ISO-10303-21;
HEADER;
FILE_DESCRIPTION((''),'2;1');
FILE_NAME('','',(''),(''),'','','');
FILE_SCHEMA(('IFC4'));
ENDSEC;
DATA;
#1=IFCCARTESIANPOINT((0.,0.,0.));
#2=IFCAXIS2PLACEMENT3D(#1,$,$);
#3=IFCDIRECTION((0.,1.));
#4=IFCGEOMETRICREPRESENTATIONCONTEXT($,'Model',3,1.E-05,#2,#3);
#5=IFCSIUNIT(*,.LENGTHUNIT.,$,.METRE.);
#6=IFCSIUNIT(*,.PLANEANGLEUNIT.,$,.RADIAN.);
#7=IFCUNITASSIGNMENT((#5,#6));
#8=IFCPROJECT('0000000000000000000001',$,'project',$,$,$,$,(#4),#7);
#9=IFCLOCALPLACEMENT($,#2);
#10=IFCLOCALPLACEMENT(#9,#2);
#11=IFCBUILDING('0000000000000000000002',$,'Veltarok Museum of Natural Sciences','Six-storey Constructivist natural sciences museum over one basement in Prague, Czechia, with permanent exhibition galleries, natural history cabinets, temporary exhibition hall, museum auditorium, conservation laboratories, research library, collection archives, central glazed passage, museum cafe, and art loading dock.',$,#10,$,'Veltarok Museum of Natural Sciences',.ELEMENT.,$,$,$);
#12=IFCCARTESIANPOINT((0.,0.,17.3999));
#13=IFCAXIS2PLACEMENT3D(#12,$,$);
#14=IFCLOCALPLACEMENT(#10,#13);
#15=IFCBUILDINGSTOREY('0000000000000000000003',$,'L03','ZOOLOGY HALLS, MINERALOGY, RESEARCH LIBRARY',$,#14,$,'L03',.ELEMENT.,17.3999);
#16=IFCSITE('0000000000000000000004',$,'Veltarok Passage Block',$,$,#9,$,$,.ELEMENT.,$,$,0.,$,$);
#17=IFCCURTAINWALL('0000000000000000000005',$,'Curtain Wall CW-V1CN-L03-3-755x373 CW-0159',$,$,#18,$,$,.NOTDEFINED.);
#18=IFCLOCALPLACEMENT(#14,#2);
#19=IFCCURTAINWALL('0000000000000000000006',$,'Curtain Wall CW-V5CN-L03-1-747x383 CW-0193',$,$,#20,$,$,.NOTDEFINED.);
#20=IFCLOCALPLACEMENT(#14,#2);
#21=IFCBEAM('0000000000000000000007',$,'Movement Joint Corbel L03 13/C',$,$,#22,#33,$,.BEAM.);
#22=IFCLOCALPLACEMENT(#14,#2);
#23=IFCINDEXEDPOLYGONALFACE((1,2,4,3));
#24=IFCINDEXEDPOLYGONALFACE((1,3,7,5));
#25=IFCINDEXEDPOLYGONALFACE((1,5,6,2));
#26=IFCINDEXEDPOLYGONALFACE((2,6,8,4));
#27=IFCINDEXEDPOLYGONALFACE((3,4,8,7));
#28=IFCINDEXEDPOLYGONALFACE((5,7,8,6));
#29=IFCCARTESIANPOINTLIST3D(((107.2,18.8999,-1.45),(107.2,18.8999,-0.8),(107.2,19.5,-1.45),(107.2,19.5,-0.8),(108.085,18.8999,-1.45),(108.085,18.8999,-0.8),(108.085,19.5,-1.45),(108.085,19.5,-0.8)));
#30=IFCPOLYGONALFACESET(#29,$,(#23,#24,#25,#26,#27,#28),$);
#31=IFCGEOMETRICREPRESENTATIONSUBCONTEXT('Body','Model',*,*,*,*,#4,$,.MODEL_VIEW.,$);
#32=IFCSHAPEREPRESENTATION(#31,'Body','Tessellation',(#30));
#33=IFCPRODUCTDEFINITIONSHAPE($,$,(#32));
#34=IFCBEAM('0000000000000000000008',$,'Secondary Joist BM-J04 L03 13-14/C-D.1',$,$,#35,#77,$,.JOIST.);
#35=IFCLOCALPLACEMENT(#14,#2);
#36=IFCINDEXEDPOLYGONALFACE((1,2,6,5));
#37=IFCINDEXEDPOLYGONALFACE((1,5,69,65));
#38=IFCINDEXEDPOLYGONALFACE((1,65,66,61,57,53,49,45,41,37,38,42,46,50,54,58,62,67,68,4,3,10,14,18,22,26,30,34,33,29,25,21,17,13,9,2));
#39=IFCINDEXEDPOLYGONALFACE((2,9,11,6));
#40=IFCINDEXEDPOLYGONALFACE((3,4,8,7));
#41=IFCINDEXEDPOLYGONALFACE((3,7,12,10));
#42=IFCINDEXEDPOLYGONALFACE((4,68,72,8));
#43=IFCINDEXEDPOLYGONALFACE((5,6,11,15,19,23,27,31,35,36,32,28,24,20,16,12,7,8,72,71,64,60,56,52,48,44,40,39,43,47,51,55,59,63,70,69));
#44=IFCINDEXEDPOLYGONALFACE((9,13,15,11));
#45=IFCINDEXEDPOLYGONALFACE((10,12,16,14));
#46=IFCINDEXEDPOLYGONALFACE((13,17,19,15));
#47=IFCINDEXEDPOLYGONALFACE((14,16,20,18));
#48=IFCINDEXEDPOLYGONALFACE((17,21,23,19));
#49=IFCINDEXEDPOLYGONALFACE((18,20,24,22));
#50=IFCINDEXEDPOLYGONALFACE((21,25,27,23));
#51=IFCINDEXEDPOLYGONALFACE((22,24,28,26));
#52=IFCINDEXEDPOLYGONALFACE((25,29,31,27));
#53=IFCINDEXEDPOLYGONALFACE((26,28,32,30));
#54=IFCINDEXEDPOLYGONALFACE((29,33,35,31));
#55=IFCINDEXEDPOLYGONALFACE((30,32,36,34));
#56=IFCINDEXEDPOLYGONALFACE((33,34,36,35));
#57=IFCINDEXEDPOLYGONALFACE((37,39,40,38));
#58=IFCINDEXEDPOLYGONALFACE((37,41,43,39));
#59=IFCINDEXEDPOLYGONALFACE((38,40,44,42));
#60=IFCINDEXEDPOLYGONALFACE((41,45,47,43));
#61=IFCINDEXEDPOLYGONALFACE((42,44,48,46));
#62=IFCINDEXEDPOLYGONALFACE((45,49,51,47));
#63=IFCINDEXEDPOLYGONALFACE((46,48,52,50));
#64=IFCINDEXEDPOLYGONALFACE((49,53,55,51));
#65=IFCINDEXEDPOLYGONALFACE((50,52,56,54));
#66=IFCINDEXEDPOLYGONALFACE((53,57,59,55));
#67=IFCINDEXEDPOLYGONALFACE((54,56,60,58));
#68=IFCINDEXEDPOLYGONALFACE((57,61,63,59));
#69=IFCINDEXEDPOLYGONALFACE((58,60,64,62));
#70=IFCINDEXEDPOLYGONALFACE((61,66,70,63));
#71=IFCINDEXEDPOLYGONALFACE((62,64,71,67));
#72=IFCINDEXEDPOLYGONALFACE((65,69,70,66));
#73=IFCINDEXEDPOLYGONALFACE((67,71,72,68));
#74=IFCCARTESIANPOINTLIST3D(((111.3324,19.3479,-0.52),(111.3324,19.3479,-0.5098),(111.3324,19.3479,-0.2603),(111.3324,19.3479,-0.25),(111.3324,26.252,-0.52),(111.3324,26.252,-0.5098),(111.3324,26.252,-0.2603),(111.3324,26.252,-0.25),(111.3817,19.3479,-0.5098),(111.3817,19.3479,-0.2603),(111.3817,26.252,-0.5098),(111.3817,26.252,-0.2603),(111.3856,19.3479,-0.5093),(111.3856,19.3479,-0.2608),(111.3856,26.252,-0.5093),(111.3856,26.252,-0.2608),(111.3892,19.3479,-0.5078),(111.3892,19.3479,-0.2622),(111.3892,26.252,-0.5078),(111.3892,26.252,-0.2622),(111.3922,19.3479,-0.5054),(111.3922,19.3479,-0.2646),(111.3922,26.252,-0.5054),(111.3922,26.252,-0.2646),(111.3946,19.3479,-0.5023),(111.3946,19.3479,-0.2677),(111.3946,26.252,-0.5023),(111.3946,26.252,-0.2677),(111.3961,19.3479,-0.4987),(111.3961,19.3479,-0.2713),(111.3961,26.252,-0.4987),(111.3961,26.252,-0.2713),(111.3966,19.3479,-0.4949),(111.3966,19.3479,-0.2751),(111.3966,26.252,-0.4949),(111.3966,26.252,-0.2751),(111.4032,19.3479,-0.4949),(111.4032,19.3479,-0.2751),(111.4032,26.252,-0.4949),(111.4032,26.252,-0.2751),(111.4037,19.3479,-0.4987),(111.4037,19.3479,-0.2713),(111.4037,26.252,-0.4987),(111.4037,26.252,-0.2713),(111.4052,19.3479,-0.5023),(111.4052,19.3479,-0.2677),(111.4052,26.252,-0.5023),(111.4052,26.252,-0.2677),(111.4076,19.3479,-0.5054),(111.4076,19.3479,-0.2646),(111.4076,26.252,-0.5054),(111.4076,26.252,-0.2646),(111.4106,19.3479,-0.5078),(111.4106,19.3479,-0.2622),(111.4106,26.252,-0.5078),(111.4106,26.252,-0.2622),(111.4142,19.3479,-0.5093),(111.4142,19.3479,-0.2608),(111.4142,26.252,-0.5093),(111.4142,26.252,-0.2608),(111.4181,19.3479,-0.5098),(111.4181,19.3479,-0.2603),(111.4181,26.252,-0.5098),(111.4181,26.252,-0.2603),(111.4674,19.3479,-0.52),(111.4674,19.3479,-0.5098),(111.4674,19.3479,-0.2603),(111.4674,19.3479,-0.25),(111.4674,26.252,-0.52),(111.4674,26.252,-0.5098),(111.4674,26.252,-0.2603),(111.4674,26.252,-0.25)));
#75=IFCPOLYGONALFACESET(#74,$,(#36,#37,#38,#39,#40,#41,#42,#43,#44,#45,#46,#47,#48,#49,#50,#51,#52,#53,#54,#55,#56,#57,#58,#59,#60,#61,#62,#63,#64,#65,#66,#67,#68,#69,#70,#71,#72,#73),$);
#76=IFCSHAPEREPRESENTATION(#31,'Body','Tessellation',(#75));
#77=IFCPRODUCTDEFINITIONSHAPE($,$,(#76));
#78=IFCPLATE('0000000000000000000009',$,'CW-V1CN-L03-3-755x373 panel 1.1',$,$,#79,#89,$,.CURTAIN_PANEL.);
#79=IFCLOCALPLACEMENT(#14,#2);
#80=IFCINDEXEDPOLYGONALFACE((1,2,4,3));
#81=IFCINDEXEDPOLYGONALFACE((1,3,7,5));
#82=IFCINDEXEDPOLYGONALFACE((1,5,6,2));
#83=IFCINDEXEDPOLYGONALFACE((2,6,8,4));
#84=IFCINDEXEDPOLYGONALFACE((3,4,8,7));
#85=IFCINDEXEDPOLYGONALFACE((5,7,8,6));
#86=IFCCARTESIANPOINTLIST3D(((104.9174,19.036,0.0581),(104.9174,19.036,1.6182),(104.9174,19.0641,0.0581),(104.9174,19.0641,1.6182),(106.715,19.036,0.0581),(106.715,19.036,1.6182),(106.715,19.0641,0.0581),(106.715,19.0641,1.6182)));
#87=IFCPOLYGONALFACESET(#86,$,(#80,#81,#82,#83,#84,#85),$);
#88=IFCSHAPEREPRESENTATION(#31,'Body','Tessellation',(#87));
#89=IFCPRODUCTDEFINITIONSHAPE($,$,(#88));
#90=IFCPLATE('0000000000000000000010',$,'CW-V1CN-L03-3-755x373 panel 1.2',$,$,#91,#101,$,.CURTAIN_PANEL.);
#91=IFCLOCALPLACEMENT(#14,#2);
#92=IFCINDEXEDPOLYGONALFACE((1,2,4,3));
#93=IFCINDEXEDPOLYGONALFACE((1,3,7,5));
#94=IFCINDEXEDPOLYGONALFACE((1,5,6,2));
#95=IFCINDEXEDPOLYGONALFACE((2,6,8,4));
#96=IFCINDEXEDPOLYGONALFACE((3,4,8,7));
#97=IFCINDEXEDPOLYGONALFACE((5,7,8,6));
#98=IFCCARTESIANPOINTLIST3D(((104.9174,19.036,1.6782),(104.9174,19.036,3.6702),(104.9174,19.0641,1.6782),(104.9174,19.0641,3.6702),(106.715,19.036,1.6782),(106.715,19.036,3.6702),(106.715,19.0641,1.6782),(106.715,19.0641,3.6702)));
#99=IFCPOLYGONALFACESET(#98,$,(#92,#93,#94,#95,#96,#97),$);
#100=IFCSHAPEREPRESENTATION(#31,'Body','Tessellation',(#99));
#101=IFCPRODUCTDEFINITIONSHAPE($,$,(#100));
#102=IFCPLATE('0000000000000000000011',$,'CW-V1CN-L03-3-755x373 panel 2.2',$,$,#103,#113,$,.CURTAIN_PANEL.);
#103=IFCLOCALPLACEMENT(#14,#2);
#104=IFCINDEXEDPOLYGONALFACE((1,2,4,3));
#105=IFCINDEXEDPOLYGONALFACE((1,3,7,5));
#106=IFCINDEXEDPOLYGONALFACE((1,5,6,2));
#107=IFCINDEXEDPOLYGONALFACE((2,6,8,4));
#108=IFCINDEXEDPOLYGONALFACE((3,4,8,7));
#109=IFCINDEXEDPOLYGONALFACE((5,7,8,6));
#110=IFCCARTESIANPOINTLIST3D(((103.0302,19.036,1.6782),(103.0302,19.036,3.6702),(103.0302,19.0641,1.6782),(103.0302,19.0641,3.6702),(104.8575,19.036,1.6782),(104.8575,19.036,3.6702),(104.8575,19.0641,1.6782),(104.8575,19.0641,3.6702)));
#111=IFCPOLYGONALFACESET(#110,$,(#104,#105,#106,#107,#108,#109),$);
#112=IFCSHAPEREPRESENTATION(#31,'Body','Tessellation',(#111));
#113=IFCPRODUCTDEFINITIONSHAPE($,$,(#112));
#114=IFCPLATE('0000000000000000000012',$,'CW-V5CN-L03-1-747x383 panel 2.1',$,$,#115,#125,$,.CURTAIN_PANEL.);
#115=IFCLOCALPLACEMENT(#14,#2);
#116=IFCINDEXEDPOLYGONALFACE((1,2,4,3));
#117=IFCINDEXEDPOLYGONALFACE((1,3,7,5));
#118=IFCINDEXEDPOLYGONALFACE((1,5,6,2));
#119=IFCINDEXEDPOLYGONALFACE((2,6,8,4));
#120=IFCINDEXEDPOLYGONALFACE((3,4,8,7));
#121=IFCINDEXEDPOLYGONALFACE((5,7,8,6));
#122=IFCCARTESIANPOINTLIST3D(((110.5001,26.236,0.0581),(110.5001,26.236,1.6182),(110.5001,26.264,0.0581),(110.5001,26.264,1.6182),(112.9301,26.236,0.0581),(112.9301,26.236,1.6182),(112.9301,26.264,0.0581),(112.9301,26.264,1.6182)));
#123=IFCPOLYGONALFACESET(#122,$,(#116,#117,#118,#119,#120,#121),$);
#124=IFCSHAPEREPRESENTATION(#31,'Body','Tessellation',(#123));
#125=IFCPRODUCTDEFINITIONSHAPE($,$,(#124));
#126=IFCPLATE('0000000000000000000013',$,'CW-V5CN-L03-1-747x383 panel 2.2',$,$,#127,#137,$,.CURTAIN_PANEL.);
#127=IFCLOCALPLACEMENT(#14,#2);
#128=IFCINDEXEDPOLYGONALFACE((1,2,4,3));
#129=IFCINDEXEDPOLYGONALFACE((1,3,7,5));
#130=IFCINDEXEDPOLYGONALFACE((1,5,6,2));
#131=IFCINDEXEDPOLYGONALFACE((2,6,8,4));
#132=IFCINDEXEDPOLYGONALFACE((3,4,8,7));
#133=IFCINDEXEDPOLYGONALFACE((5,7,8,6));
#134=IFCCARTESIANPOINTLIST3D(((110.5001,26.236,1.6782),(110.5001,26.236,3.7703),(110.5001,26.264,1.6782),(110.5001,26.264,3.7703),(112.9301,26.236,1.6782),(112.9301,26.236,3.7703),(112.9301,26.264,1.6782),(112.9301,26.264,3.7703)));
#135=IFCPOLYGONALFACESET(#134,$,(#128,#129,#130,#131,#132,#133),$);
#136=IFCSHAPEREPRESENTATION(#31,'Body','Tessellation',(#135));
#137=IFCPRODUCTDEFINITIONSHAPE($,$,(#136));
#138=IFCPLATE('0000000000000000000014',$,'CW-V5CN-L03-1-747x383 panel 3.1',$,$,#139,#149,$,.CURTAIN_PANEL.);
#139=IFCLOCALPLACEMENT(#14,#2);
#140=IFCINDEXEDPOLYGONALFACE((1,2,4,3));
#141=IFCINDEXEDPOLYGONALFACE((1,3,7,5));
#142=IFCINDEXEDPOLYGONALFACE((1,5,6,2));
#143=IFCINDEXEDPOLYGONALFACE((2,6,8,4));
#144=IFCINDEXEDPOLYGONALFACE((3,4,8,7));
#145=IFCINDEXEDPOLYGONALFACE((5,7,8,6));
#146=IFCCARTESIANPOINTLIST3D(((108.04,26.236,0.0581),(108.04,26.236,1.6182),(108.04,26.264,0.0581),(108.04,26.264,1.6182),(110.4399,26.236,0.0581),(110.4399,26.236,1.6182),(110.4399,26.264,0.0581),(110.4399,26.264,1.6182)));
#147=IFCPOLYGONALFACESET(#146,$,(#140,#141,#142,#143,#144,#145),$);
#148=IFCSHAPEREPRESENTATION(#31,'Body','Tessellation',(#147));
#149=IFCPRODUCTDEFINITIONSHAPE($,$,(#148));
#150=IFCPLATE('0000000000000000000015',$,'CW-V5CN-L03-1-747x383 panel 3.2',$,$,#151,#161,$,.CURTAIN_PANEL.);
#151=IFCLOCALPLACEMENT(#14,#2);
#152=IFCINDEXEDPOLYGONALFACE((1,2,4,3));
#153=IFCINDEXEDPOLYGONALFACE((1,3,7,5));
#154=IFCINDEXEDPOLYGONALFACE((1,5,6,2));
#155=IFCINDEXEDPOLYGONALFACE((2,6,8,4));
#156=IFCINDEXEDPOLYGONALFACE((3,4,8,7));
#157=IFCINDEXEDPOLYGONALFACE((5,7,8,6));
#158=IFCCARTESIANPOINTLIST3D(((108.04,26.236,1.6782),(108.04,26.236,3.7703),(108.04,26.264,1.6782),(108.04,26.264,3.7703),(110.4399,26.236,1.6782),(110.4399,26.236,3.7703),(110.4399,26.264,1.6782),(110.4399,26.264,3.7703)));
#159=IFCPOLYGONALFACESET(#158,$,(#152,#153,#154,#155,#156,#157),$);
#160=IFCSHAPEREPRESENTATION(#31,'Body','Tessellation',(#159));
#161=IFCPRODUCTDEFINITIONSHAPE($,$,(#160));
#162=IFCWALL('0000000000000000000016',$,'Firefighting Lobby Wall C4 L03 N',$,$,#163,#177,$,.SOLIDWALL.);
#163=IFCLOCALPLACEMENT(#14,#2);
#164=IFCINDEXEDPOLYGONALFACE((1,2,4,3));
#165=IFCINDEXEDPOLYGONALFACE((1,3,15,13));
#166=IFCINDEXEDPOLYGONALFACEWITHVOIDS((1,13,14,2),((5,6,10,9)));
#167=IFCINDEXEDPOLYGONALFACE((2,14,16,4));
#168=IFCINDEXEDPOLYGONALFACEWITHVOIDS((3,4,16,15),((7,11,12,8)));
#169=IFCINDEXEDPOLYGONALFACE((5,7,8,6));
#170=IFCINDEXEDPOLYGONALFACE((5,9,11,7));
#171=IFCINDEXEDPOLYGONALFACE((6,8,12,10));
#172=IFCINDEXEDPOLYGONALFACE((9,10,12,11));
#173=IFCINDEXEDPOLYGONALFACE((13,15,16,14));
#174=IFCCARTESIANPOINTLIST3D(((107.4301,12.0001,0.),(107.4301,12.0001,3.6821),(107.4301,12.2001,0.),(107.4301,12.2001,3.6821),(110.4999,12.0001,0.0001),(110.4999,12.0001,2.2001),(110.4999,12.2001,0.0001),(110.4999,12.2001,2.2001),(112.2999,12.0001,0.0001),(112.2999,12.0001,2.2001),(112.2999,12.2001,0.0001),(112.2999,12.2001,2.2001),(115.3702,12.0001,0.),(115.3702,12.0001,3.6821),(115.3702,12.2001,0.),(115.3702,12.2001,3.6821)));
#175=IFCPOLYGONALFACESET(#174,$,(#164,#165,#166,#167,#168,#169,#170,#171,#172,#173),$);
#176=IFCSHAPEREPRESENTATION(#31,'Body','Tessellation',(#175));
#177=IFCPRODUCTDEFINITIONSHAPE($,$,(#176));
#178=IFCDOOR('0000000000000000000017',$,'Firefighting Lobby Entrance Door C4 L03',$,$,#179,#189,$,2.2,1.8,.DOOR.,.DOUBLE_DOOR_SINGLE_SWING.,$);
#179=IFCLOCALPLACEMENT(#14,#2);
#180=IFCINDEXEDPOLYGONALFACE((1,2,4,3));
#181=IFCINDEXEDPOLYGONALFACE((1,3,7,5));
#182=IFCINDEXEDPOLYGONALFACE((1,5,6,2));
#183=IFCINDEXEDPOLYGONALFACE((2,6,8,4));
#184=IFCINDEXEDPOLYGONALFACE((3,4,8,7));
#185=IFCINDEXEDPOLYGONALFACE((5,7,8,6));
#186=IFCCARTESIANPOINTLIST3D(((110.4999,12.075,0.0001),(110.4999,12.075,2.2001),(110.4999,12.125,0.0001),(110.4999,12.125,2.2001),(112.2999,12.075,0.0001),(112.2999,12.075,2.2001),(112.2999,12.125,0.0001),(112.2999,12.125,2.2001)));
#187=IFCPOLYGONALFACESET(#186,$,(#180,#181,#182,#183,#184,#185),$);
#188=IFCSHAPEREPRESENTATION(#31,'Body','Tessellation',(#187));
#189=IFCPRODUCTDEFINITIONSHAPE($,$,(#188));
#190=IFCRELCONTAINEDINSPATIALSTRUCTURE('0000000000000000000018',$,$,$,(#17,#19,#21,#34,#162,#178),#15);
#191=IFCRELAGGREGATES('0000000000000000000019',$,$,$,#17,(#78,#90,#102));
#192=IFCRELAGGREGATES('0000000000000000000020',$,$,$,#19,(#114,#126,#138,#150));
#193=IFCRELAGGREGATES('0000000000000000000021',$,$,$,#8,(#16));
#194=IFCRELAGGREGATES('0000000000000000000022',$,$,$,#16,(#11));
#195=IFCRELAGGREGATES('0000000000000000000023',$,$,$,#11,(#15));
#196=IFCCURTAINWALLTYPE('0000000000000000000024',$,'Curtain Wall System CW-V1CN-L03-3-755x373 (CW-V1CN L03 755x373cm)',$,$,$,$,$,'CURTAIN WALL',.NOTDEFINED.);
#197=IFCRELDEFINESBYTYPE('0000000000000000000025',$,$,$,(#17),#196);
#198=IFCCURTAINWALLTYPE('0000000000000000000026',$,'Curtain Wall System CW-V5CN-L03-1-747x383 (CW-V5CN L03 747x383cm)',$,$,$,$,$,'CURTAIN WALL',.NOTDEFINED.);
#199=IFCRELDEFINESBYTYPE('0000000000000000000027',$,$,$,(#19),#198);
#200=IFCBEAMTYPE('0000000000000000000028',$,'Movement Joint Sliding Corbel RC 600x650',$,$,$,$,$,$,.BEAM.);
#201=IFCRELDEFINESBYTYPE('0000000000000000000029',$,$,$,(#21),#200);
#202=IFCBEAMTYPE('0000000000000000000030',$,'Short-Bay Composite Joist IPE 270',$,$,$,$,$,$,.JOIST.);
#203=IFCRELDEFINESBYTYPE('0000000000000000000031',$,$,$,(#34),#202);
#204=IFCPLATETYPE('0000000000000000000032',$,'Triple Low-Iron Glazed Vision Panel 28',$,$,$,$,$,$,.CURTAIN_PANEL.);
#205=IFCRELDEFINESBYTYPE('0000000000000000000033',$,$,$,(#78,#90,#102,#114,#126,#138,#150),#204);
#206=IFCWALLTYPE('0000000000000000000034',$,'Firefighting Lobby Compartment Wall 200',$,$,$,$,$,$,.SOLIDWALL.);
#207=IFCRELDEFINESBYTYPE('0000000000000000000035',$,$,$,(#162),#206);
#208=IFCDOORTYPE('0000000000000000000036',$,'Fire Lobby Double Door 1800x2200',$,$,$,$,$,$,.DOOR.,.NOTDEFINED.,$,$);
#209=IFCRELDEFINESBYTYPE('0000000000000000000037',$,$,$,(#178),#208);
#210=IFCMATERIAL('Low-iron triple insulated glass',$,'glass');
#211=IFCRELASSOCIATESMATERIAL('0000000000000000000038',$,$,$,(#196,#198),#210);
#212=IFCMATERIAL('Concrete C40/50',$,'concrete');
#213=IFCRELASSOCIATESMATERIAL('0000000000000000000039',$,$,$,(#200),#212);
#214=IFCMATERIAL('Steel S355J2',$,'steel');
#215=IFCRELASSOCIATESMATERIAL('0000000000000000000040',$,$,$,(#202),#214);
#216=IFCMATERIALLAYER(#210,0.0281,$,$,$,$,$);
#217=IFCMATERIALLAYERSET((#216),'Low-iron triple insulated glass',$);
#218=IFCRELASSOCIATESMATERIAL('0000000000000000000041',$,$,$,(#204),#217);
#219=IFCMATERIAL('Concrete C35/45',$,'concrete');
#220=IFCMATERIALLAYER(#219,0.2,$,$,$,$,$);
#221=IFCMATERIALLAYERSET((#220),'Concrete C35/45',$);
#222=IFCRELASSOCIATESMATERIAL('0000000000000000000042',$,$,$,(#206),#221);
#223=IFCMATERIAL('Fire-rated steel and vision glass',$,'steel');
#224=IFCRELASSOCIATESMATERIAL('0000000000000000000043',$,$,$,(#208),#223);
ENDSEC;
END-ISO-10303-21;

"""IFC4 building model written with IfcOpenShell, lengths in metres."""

from ifc_helpers import new_model, si_unit, direction, frame, frame_2d, origin, origin_2d, place, context, subcontext, project, spatial, rectangle, i_section, extrude, material, layer, layer_set, material_profile, profile_set, type_object, element, fill, aggregate, save


model = new_model("IFC4")

# Units and contexts
model_context = context("Model", 3, precision=1e-05, world=origin(), true_north=direction((0.0, 1.0)))
body_context = subcontext(model_context, "Body", "Model", "MODEL_VIEW")
ifc_project = project(units=[si_unit("LENGTHUNIT", "METRE"), si_unit("PLANEANGLEUNIT", "RADIAN")], contexts=[model_context])

# Site, building, storey
site_placement = place(None, origin())
site = spatial("IfcSite", under=ifc_project, at=site_placement, Name="Veltarok Passage Block", CompositionType="ELEMENT", RefElevation=0.0)
building_placement = place(site_placement, origin())
building = spatial("IfcBuilding", under=site, at=building_placement, Name="Veltarok Museum of Natural Sciences", Description="Six-storey Constructivist natural sciences museum over one basement in Prague, Czechia, with permanent exhibition galleries, natural history cabinets, temporary exhibition hall, museum auditorium, conservation laboratories, research library, collection archives, central glazed passage, museum cafe, and art loading dock.", LongName="Veltarok Museum of Natural Sciences", CompositionType="ELEMENT")
storey_placement = place(building_placement, frame((0.0, 0.0, 17.3999)))
storey = spatial("IfcBuildingStorey", under=building, at=storey_placement, Name="L03", Description="ZOOLOGY HALLS, MINERALOGY, RESEARCH LIBRARY", LongName="L03", CompositionType="ELEMENT", Elevation=17.3999)

# Shared definitions
ifc_material_1 = material(Name="Concrete C40/50", Category="concrete")

# Curtain walls
ifc_material_2 = material(Name="Low-iron triple insulated glass", Category="glass")
curtain_wall_type_1 = type_object("IfcCurtainWallType", Name="Curtain Wall System CW-V1CN-L03-3-755x373 (CW-V1CN L03 755x373cm)", ElementType="CURTAIN WALL", PredefinedType="NOTDEFINED", material=ifc_material_2)
curtain_wall_1_placement = place(storey_placement, origin())
curtain_wall_1 = element("IfcCurtainWall", 1, at=curtain_wall_1_placement, inside=storey, type_object=curtain_wall_type_1, Name="Curtain Wall CW-V1CN-L03-3-755x373 CW-0159", PredefinedType="NOTDEFINED")
curtain_wall_type_2 = type_object("IfcCurtainWallType", Name="Curtain Wall System CW-V5CN-L03-1-747x383 (CW-V5CN L03 747x383cm)", ElementType="CURTAIN WALL", PredefinedType="NOTDEFINED", material=ifc_material_2)
curtain_wall_2_placement = place(storey_placement, origin())
curtain_wall_2 = element("IfcCurtainWall", 2, at=curtain_wall_2_placement, inside=storey, type_object=curtain_wall_type_2, Name="Curtain Wall CW-V5CN-L03-1-747x383 CW-0193", PredefinedType="NOTDEFINED")

# Beams
ifc_material_3 = material(Name="Steel S355J2", Category="steel")
ifc_material_profile_1 = material_profile(ifc_material_1, rectangle(XDim=0.6001, YDim=0.6499, at=origin_2d()), Name="RC 600x650")
ifc_profile_set_1 = profile_set([ifc_material_profile_1], Name="Concrete C40/50")
beam_type_1 = type_object("IfcBeamType", Name="Movement Joint Sliding Corbel RC 600x650", PredefinedType="BEAM", material=ifc_profile_set_1)
beam_1_placement = place(storey_placement, frame((107.2, 19.2, -1.125), z_axis=(1.0, 0.0, 0.0), x_axis=(0.0, 1.0, 0.0)))
element("IfcBeam", 3, at=beam_1_placement, inside=storey, type_object=beam_type_1, Name="Movement Joint Corbel L03 13/C", PredefinedType="BEAM", context=body_context, shape_type="SweptSolid", body=[
    extrude(rectangle(XDim=0.6001, YDim=0.6499, at=origin_2d()), origin(), (0.0, 0.0, 1.0), 0.885),
])
ifc_material_profile_2 = material_profile(ifc_material_3, i_section(OverallWidth=0.135, OverallDepth=0.27, WebThickness=0.0066, FlangeThickness=0.0103, FilletRadius=0.0149, at=origin_2d()), Name="IPE 270")
ifc_profile_set_2 = profile_set([ifc_material_profile_2], Name="Steel S355J2")
beam_type_2 = type_object("IfcBeamType", Name="Short-Bay Composite Joist IPE 270", PredefinedType="JOIST", material=ifc_profile_set_2)
beam_2_placement = place(storey_placement, frame((111.3999, 19.3479, -0.385), z_axis=(0.0, 1.0, 0.0), x_axis=(-1.0, 0.0, 0.0)))
element("IfcBeam", 4, at=beam_2_placement, inside=storey, type_object=beam_type_2, Name="Secondary Joist BM-J04 L03 13-14/C-D.1", PredefinedType="JOIST", context=body_context, shape_type="SweptSolid", body=[
    extrude(i_section(OverallWidth=0.135, OverallDepth=0.27, WebThickness=0.0066, FlangeThickness=0.0103, FilletRadius=0.0149, at=origin_2d()), origin(), (0.0, 0.0, 1.0), 6.9041),
])

# Plates
ifc_layer_1 = layer(ifc_material_2, 0.0281)
ifc_layer_set_1 = layer_set([ifc_layer_1], Name="Low-iron triple insulated glass")
plate_type = type_object("IfcPlateType", Name="Triple Low-Iron Glazed Vision Panel 28", PredefinedType="CURTAIN_PANEL", material=ifc_layer_set_1)
plate_1_placement = place(storey_placement, frame((105.8162, 19.05, 0.0581), z_axis=(0.0, 0.0, 1.0), x_axis=(-1.0, 0.0, 0.0)))
plate_1 = element("IfcPlate", 5, at=plate_1_placement, type_object=plate_type, Name="CW-V1CN-L03-3-755x373 panel 1.1", PredefinedType="CURTAIN_PANEL", context=body_context, shape_type="SweptSolid", body=[
    extrude(rectangle(XDim=1.7976, YDim=0.0281, at=origin_2d()), origin(), (0.0, 0.0, 1.0), 1.5601),
])
plate_2_placement = place(storey_placement, frame((105.8162, 19.05, 1.6782), z_axis=(0.0, 0.0, 1.0), x_axis=(-1.0, 0.0, 0.0)))
plate_2 = element("IfcPlate", 6, at=plate_2_placement, type_object=plate_type, Name="CW-V1CN-L03-3-755x373 panel 1.2", PredefinedType="CURTAIN_PANEL", context=body_context, shape_type="SweptSolid", body=[
    extrude(rectangle(XDim=1.7976, YDim=0.0281, at=origin_2d()), origin(), (0.0, 0.0, 1.0), 1.9919),
])
plate_3_placement = place(storey_placement, frame((103.9438, 19.05, 1.6782), z_axis=(0.0, 0.0, 1.0), x_axis=(-1.0, 0.0, 0.0)))
plate_3 = element("IfcPlate", 7, at=plate_3_placement, type_object=plate_type, Name="CW-V1CN-L03-3-755x373 panel 2.2", PredefinedType="CURTAIN_PANEL", context=body_context, shape_type="SweptSolid", body=[
    extrude(rectangle(XDim=1.8274, YDim=0.0281, at=origin_2d()), origin(), (0.0, 0.0, 1.0), 1.9919),
])
aggregate(curtain_wall_1, [plate_1, plate_2, plate_3])
plate_4_placement = place(storey_placement, frame((111.7151, 26.25, 0.0581), z_axis=(0.0, 0.0, 1.0), x_axis=(-1.0, 0.0, 0.0)))
plate_4 = element("IfcPlate", 8, at=plate_4_placement, type_object=plate_type, Name="CW-V5CN-L03-1-747x383 panel 2.1", PredefinedType="CURTAIN_PANEL", context=body_context, shape_type="SweptSolid", body=[
    extrude(rectangle(XDim=2.4299, YDim=0.0281, at=origin_2d()), origin(), (0.0, 0.0, 1.0), 1.5601),
])
plate_5_placement = place(storey_placement, frame((111.7151, 26.25, 1.6782), z_axis=(0.0, 0.0, 1.0), x_axis=(-1.0, 0.0, 0.0)))
plate_5 = element("IfcPlate", 9, at=plate_5_placement, type_object=plate_type, Name="CW-V5CN-L03-1-747x383 panel 2.2", PredefinedType="CURTAIN_PANEL", context=body_context, shape_type="SweptSolid", body=[
    extrude(rectangle(XDim=2.4299, YDim=0.0281, at=origin_2d()), origin(), (0.0, 0.0, 1.0), 2.092),
])
plate_6_placement = place(storey_placement, frame((109.24, 26.25, 0.0581), z_axis=(0.0, 0.0, 1.0), x_axis=(-1.0, 0.0, 0.0)))
plate_6 = element("IfcPlate", 10, at=plate_6_placement, type_object=plate_type, Name="CW-V5CN-L03-1-747x383 panel 3.1", PredefinedType="CURTAIN_PANEL", context=body_context, shape_type="SweptSolid", body=[
    extrude(rectangle(XDim=2.3999, YDim=0.0281, at=origin_2d()), origin(), (0.0, 0.0, 1.0), 1.5601),
])
plate_7_placement = place(storey_placement, frame((109.24, 26.25, 1.6782), z_axis=(0.0, 0.0, 1.0), x_axis=(-1.0, 0.0, 0.0)))
plate_7 = element("IfcPlate", 11, at=plate_7_placement, type_object=plate_type, Name="CW-V5CN-L03-1-747x383 panel 3.2", PredefinedType="CURTAIN_PANEL", context=body_context, shape_type="SweptSolid", body=[
    extrude(rectangle(XDim=2.3999, YDim=0.0281, at=origin_2d()), origin(), (0.0, 0.0, 1.0), 2.092),
])
aggregate(curtain_wall_2, [plate_4, plate_5, plate_6, plate_7])

# Wall, opening, door
ifc_material_4 = material(Name="Concrete C35/45", Category="concrete")
ifc_layer_2 = layer(ifc_material_4, 0.2)
ifc_layer_set_2 = layer_set([ifc_layer_2], Name="Concrete C35/45")
wall_type_1 = type_object("IfcWallType", Name="Firefighting Lobby Compartment Wall 200", PredefinedType="SOLIDWALL", material=ifc_layer_set_2)
wall_1_placement = place(storey_placement, frame((107.4299, 12.1001, 0.0), z_axis=(0.0, 0.0, 1.0), x_axis=(1.0, 0.0, 0.0)))
wall_1 = element("IfcWall", 12, at=wall_1_placement, inside=storey, type_object=wall_type_1, Name="Firefighting Lobby Wall C4 L03 N", PredefinedType="SOLIDWALL", context=body_context, shape_type="SweptSolid", body=[
    extrude(rectangle(XDim=7.9402, YDim=0.2, at=frame_2d((3.9702, 0.0))), origin(), (0.0, 0.0, 1.0), 3.6821),
])
opening_placement = place(wall_1_placement, frame((3.0701, 0.0, 0.0)))
opening = element("IfcOpeningElement", 13, at=opening_placement, cuts=wall_1, PredefinedType="OPENING", context=body_context, shape_type="SweptSolid", body=[
    extrude(rectangle(XDim=1.8, YDim=2.2, at=frame_2d((0.8999, 1.1001))), frame((0.0, 0.1099, 0.0), z_axis=(0.0, -1.0, 0.0), x_axis=(1.0, 0.0, 0.0)), (0.0, 0.0, 1.0), 0.22),
])
ifc_material_5 = material(Name="Fire-rated steel and vision glass", Category="steel")
door_type = type_object("IfcDoorType", Name="Fire Lobby Double Door 1800x2200", OperationType="NOTDEFINED", PredefinedType="DOOR", material=ifc_material_5)
door_placement = place(opening_placement, origin())
door = element("IfcDoor", 14, at=door_placement, inside=storey, type_object=door_type, Name="Firefighting Lobby Entrance Door C4 L03", OperationType="DOUBLE_DOOR_SINGLE_SWING", OverallHeight=2.2, OverallWidth=1.8, PredefinedType="DOOR", context=body_context, shape_type="SweptSolid", body=[
    extrude(rectangle(XDim=1.8, YDim=2.2, at=frame_2d((0.8999, 1.1001))), frame((0.0, 0.0249, 0.0), z_axis=(0.0, -1.0, 0.0), x_axis=(1.0, 0.0, 0.0)), (0.0, 0.0, 1.0), 0.05),
])
fill(opening, door)

save(model, "model.ifc")
